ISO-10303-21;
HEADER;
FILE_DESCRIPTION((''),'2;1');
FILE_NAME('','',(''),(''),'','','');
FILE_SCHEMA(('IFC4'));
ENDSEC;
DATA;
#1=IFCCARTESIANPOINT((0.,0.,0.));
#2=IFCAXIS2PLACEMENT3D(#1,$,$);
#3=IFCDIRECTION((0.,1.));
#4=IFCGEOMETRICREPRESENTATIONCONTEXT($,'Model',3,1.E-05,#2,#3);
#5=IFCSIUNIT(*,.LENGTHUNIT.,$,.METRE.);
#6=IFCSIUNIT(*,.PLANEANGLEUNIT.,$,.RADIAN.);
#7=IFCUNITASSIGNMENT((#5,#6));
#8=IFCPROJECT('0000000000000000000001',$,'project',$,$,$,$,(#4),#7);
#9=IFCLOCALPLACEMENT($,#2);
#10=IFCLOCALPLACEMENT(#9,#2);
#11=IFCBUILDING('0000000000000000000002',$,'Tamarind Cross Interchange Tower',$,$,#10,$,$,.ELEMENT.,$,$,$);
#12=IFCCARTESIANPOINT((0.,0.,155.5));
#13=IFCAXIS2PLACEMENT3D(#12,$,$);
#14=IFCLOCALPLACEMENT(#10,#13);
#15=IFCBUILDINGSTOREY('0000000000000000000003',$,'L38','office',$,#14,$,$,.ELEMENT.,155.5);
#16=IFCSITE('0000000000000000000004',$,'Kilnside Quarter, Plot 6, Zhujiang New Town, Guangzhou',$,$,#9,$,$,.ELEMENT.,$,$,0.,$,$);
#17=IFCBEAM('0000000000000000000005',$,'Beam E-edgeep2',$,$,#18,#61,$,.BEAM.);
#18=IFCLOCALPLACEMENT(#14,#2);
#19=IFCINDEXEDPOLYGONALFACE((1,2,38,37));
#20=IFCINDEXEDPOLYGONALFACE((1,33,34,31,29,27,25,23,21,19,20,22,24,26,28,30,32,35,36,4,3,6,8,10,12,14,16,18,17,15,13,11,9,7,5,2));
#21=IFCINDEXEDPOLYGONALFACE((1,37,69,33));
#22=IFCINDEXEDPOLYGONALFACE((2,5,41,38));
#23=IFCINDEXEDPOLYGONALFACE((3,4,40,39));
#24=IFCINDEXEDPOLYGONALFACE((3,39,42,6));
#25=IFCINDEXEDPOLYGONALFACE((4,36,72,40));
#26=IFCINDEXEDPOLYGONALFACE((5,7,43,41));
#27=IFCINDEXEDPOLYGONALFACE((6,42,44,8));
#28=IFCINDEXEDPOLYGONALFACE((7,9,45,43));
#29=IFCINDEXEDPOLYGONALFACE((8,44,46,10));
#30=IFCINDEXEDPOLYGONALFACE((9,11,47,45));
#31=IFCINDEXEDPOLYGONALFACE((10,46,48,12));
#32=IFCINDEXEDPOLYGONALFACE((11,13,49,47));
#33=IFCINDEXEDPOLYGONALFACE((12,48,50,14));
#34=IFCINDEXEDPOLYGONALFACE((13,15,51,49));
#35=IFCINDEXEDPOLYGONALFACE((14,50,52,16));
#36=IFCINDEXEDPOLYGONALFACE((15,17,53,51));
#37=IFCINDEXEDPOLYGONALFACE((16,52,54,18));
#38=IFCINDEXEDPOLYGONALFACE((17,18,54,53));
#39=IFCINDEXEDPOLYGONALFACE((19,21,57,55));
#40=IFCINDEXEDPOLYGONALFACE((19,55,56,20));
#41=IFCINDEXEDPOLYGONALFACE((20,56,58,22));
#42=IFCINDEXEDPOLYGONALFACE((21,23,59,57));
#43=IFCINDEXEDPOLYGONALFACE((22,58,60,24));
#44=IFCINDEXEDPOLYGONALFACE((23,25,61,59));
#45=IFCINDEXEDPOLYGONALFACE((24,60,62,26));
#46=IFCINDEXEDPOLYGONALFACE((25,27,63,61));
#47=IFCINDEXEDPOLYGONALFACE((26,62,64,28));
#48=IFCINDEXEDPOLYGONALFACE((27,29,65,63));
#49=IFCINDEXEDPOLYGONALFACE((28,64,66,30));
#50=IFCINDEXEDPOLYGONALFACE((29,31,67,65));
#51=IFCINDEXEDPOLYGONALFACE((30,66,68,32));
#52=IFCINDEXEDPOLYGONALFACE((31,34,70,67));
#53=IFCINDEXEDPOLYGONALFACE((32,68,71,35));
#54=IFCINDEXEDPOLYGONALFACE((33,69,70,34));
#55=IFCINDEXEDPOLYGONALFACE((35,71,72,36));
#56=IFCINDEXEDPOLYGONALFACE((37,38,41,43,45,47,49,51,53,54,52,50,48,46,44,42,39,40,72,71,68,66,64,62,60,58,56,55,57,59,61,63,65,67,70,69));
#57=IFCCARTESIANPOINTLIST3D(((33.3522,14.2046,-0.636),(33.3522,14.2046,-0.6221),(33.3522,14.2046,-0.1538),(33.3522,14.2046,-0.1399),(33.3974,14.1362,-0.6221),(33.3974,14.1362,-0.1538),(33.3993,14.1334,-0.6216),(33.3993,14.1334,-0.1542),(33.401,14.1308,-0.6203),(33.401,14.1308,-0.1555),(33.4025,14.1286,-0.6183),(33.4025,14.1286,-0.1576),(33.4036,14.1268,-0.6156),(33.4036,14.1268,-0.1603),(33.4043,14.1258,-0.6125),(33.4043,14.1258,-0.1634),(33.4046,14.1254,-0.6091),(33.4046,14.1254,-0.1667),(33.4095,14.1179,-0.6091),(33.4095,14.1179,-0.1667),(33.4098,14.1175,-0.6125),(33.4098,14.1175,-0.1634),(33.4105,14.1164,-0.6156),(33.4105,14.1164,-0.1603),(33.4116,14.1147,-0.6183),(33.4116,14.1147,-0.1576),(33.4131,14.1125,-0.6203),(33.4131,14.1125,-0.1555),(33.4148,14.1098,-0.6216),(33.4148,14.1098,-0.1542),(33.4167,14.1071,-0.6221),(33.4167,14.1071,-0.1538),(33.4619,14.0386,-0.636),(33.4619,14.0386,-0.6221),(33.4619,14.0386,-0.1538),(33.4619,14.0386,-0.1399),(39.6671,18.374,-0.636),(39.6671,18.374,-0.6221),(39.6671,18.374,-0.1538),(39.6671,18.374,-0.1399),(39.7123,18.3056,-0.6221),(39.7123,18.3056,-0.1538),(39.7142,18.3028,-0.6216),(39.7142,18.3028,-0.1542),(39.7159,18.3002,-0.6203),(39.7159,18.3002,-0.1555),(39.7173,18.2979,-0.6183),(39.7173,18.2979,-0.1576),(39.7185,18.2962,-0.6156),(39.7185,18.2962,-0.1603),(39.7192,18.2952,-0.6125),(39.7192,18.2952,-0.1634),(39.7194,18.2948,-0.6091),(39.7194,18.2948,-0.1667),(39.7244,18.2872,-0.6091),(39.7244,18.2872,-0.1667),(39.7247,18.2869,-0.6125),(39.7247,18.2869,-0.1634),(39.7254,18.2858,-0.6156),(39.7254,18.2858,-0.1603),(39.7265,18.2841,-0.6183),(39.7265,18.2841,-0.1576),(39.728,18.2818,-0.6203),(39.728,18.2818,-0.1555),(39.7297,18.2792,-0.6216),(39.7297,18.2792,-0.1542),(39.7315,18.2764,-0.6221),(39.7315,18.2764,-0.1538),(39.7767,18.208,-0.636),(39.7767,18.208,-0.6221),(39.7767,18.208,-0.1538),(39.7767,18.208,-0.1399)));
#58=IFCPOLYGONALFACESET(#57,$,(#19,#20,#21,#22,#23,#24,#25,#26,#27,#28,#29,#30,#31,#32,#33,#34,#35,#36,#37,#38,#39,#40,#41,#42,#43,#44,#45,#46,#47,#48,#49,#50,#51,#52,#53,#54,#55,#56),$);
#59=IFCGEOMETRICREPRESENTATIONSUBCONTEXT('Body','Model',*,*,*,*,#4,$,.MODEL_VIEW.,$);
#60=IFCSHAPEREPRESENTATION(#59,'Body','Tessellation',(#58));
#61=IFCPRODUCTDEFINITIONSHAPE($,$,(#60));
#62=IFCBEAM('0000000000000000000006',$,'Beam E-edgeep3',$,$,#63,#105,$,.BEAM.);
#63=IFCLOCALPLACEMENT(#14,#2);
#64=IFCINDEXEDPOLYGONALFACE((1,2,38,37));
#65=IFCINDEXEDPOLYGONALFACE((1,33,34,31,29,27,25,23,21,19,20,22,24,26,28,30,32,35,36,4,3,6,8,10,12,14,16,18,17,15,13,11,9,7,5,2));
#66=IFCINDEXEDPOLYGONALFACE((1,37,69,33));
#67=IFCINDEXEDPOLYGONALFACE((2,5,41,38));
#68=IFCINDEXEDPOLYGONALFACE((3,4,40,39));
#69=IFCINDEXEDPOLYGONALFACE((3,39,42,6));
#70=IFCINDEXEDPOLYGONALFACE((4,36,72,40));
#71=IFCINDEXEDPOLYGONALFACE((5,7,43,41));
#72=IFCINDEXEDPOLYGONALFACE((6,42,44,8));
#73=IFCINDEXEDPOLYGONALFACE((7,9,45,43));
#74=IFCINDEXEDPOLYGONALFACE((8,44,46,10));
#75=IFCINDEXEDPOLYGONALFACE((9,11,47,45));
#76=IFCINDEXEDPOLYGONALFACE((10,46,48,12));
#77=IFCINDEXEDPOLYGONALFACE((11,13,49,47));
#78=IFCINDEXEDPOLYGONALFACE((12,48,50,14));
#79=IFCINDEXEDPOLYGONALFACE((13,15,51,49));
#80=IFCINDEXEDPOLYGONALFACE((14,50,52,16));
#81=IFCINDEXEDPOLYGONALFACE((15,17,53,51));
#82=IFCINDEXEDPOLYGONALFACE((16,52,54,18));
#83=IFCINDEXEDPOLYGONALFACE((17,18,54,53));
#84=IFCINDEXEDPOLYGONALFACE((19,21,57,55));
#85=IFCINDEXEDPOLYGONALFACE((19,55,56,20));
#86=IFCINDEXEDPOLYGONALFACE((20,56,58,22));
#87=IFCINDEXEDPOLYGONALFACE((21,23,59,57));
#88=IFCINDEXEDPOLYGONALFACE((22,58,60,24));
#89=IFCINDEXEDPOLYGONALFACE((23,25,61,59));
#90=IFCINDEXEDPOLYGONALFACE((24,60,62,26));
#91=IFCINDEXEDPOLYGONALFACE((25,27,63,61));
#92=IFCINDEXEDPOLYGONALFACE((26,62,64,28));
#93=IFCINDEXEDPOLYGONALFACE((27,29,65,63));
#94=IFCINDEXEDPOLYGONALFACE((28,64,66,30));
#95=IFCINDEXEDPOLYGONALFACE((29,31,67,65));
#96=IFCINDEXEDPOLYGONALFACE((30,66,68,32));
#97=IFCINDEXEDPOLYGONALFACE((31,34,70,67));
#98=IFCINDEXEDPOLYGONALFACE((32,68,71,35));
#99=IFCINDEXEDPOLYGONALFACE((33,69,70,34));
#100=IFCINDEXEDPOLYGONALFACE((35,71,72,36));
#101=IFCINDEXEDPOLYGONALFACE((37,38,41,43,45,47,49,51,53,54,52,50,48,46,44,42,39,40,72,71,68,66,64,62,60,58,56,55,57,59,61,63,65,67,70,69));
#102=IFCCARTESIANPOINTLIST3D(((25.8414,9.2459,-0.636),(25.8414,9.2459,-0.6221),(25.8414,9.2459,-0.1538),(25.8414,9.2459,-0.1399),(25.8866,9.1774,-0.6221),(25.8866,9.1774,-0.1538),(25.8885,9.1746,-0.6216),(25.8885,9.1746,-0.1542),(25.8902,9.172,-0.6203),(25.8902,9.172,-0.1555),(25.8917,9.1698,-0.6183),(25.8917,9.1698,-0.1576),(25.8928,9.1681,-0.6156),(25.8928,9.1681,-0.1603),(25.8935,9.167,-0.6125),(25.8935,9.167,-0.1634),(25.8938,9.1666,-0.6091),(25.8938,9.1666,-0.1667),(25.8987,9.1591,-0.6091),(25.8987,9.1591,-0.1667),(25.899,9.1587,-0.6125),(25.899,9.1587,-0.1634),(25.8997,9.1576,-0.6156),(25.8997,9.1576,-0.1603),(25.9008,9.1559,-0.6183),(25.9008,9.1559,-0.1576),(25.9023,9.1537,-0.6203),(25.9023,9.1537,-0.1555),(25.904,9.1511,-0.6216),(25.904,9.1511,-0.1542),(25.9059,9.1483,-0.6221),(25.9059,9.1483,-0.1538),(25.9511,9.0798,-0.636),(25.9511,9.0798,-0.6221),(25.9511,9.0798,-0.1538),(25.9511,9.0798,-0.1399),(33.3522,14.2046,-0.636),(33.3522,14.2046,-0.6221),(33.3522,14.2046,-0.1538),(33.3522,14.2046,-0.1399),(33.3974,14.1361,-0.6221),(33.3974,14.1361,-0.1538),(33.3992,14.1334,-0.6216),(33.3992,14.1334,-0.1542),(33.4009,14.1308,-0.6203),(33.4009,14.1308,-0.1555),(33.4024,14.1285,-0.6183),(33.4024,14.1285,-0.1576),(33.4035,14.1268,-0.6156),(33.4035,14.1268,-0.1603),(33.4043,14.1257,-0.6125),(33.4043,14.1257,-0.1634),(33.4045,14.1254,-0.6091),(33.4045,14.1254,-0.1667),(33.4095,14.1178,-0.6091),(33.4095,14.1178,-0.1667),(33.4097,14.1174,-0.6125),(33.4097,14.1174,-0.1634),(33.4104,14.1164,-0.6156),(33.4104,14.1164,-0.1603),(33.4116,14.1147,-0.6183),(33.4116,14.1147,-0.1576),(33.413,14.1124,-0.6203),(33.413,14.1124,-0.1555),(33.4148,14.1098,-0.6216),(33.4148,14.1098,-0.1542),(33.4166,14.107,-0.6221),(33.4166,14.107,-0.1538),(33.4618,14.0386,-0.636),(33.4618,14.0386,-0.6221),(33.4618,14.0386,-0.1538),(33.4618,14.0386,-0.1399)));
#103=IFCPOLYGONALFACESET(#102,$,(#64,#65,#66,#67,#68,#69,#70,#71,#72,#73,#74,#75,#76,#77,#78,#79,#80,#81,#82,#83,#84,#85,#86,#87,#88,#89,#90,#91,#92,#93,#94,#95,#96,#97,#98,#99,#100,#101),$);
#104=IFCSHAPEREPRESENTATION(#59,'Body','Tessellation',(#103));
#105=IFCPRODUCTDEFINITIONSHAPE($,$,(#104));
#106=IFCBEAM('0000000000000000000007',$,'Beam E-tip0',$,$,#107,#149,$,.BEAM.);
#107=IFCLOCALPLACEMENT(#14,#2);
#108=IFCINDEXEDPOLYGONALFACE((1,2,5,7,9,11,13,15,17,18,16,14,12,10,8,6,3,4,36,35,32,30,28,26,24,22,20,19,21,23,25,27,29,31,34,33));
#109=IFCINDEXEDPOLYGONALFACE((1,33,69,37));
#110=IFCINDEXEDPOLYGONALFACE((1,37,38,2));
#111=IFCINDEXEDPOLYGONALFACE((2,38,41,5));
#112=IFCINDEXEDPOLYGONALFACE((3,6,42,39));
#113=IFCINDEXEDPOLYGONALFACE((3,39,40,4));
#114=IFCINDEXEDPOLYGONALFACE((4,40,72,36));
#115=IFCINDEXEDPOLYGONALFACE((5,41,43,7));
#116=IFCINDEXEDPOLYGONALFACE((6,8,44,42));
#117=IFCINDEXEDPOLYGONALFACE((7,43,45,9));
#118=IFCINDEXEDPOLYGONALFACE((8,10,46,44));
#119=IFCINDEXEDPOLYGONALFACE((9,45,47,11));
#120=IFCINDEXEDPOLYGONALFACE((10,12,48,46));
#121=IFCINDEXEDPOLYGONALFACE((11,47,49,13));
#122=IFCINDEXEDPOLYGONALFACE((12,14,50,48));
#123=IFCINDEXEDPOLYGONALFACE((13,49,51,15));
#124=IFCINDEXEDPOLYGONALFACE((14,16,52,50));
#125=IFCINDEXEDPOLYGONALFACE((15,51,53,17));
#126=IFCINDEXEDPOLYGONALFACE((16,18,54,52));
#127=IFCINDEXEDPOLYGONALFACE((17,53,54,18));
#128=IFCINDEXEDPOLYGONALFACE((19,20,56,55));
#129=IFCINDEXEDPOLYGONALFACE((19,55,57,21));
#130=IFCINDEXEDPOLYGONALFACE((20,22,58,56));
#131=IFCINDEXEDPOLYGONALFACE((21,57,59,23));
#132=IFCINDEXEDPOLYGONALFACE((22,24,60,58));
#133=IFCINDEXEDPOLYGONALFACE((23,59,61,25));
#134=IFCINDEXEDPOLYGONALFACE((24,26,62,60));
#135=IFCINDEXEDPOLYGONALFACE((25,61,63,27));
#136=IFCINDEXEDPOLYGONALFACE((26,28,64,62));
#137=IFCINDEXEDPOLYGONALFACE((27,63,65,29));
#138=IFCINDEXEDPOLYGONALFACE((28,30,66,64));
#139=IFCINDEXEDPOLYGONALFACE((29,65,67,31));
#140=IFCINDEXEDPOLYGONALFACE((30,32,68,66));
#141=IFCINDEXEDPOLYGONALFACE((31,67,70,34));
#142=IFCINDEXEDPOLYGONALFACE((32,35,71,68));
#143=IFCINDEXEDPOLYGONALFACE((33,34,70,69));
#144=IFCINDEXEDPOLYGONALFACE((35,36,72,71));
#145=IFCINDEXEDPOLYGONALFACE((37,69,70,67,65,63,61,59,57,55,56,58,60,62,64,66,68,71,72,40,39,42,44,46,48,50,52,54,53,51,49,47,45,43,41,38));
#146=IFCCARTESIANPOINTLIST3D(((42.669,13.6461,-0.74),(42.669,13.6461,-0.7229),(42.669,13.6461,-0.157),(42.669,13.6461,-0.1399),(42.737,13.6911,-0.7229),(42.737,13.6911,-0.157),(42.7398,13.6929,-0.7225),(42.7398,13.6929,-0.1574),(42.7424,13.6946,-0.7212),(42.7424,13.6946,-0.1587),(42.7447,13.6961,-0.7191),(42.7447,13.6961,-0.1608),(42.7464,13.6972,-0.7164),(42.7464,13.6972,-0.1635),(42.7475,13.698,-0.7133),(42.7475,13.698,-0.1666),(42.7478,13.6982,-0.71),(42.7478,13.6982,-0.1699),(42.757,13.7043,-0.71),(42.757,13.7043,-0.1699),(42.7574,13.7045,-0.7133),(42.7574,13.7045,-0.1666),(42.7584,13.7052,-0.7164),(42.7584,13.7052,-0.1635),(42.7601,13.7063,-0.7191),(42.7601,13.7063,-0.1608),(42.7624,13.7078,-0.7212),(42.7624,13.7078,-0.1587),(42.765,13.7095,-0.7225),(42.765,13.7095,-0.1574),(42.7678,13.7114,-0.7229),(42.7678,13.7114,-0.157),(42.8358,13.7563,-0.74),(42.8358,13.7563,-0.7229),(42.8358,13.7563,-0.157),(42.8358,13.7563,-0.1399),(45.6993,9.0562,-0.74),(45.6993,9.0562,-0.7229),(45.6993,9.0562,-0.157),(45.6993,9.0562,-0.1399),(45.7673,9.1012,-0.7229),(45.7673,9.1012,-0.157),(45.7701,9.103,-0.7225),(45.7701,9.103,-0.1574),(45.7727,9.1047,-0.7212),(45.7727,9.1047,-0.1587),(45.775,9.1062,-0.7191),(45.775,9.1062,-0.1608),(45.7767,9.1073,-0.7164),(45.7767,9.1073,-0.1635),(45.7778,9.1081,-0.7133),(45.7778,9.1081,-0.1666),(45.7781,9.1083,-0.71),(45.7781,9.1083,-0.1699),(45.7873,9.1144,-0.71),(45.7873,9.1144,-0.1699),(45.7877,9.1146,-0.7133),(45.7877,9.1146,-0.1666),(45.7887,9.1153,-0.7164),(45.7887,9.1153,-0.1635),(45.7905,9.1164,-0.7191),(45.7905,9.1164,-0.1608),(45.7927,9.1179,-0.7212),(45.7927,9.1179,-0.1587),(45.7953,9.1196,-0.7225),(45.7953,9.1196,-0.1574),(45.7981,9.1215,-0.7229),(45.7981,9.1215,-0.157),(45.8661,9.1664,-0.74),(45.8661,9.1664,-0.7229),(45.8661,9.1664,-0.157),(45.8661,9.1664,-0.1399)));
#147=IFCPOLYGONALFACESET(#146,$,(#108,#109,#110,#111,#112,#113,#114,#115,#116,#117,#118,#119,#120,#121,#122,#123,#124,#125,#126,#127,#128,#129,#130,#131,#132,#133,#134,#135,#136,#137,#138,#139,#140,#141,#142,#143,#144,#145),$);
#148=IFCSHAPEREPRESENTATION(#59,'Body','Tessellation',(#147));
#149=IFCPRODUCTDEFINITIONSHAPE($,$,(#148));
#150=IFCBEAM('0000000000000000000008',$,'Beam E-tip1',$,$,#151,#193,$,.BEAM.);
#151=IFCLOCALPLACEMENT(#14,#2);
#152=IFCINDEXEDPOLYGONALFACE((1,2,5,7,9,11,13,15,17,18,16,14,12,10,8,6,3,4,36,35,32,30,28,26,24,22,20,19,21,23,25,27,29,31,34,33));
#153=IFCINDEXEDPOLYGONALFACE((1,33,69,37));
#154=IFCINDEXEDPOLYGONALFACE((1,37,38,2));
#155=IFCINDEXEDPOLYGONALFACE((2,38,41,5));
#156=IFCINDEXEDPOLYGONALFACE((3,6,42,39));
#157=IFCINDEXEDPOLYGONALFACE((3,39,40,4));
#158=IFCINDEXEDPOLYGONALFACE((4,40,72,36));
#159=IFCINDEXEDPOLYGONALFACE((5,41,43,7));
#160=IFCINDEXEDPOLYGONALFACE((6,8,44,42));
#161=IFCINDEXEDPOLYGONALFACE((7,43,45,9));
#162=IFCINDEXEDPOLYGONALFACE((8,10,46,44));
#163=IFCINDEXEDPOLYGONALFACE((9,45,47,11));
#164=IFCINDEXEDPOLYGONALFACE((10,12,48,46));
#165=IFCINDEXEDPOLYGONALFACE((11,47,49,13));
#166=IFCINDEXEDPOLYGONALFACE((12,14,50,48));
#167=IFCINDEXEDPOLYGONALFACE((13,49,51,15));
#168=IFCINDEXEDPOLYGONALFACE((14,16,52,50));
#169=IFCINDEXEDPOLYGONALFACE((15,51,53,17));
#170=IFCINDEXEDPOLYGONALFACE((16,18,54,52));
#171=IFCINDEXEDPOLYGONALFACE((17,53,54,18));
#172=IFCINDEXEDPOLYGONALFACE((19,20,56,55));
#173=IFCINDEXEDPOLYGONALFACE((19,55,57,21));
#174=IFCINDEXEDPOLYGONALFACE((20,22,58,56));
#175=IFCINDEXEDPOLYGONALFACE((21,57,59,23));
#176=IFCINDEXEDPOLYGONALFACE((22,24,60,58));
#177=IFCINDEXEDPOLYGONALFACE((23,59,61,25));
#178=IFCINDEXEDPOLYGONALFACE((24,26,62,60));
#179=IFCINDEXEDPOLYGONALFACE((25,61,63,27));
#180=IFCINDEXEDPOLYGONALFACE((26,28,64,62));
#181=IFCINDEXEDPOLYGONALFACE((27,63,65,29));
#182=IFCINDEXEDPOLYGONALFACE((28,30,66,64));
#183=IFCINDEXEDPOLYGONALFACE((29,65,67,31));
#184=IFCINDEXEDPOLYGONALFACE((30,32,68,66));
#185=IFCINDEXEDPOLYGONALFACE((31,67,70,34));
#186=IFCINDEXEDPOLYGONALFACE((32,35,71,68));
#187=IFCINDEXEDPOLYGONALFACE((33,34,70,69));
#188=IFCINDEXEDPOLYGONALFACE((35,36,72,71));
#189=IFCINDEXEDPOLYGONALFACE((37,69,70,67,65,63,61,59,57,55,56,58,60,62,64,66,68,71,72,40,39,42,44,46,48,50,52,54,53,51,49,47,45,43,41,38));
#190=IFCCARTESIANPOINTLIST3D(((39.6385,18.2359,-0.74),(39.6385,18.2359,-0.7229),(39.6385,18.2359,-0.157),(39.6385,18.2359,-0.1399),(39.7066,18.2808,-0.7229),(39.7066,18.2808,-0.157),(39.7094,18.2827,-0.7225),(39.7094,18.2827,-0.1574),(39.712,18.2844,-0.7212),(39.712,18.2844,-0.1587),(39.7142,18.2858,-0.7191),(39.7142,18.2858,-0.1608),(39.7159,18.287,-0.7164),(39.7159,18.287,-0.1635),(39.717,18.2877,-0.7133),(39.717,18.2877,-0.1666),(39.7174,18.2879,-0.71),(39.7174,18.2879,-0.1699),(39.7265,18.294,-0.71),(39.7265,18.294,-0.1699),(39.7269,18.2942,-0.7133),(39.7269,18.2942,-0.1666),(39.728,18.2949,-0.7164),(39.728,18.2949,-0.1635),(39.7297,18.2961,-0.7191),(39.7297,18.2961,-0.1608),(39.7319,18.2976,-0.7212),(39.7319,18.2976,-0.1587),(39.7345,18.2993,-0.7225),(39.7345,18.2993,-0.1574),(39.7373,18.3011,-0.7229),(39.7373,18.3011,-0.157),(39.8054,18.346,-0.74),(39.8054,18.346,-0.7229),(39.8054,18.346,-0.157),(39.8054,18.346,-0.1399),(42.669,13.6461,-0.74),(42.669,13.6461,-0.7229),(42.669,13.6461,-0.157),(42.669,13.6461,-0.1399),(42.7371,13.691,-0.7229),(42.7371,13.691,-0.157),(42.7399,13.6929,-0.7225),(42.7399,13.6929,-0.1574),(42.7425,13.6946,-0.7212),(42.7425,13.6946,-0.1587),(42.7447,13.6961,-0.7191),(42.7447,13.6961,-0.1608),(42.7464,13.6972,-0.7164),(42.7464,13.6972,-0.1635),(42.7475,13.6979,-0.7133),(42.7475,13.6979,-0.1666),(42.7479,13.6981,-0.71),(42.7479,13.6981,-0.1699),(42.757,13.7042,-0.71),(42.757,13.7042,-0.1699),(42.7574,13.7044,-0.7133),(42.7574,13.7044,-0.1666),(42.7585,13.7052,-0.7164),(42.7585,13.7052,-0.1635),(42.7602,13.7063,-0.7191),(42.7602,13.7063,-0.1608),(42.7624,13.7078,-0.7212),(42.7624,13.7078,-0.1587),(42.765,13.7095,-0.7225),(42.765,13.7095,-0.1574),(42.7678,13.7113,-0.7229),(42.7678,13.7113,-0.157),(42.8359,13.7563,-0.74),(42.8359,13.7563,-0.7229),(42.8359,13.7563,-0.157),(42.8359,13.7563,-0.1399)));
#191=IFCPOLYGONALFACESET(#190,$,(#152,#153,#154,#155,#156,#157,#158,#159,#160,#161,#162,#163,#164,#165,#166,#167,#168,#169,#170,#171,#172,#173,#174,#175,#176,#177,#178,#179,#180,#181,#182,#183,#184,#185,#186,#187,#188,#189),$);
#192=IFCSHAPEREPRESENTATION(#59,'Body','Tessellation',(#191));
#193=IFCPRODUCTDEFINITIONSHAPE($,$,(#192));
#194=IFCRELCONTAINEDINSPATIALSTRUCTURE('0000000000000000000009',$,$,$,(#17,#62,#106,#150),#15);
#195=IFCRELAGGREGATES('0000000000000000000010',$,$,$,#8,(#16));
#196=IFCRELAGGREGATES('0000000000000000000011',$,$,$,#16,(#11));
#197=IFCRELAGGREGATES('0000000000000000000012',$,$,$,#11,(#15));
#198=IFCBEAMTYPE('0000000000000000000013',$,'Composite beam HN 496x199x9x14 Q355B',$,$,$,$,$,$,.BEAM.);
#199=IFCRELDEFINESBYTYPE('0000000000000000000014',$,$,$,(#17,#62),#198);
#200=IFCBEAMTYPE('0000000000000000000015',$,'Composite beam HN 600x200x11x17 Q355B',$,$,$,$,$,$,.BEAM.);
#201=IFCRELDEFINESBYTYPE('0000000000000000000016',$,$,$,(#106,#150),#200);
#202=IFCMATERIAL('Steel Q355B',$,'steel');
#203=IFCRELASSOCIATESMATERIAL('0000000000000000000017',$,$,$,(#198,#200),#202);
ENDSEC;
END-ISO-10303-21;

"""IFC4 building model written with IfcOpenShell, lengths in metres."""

from ifc_helpers import new_model, si_unit, direction, frame, origin, origin_2d, place, context, subcontext, project, spatial, i_section, extrude, material, material_profile, profile_set, type_object, element, save


model = new_model("IFC4")

# Units and contexts
model_context = context("Model", 3, precision=1e-05, world=origin(), true_north=direction((0.0, 1.0)))
body_context = subcontext(model_context, "Body", "Model", "MODEL_VIEW")
ifc_project = project(units=[si_unit("LENGTHUNIT", "METRE"), si_unit("PLANEANGLEUNIT", "RADIAN")], contexts=[model_context])

# Site, building, storey
site_placement = place(None, origin())
site = spatial("IfcSite", under=ifc_project, at=site_placement, Name="Kilnside Quarter, Plot 6, Zhujiang New Town, Guangzhou", CompositionType="ELEMENT", RefElevation=0.0)
building_placement = place(site_placement, origin())
building = spatial("IfcBuilding", under=site, at=building_placement, Name="Tamarind Cross Interchange Tower", CompositionType="ELEMENT")
storey_placement = place(building_placement, frame((0.0, 0.0, 155.5)))
storey = spatial("IfcBuildingStorey", under=building, at=storey_placement, Name="L38", Description="office", CompositionType="ELEMENT", Elevation=155.5)

# Beams
ifc_material_1 = material(Name="Steel Q355B", Category="steel")
ifc_material_profile_1 = material_profile(ifc_material_1, i_section(OverallWidth=0.199, OverallDepth=0.4961, WebThickness=0.009, FlangeThickness=0.0139, FilletRadius=0.0129, at=origin_2d()), Name="HN 496x199x9x14")
ifc_profile_set_1 = profile_set([ifc_material_profile_1], Name="Steel Q355B")
beam_type_1 = type_object("IfcBeamType", Name="Composite beam HN 496x199x9x14 Q355B", PredefinedType="BEAM", material=ifc_profile_set_1)
beam_1_placement = place(storey_placement, frame((39.7219, 18.291, -0.3879), z_axis=(-0.834514, -0.550987, 0.0), x_axis=(0.550987, -0.834514, 0.0)))
element("IfcBeam", 1, at=beam_1_placement, inside=storey, type_object=beam_type_1, Name="Beam E-edgeep2", PredefinedType="BEAM", context=body_context, shape_type="SweptSolid", body=[
    extrude(i_section(OverallWidth=0.199, OverallDepth=0.4961, WebThickness=0.009, FlangeThickness=0.0139, FilletRadius=0.0129, at=origin_2d()), origin(), (0.0, 0.0, 1.0), 7.5671),
])
beam_2_placement = place(storey_placement, frame((33.407, 14.1216, -0.3879), z_axis=(-0.834525, -0.55097, 0.0), x_axis=(0.55097, -0.834525, 0.0)))
element("IfcBeam", 2, at=beam_2_placement, inside=storey, type_object=beam_type_1, Name="Beam E-edgeep3", PredefinedType="BEAM", context=body_context, shape_type="SweptSolid", body=[
    extrude(i_section(OverallWidth=0.199, OverallDepth=0.4961, WebThickness=0.009, FlangeThickness=0.0139, FilletRadius=0.0129, at=origin_2d()), origin(), (0.0, 0.0, 1.0), 9.0),
])
ifc_material_profile_2 = material_profile(ifc_material_1, i_section(OverallWidth=0.2, OverallDepth=0.6001, WebThickness=0.011, FlangeThickness=0.0171, FilletRadius=0.0129, at=origin_2d()), Name="HN 600x200x11x17")
ifc_profile_set_2 = profile_set([ifc_material_profile_2], Name="Steel Q355B")
beam_type_2 = type_object("IfcBeamType", Name="Composite beam HN 600x200x11x17 Q355B", PredefinedType="BEAM", material=ifc_profile_set_2)
for number, where, z_axis, x_axis, name in (
    (3, (45.7827, 9.1113, -0.4399), (-0.550966, 0.834528, 0.0), (-0.834528, -0.550966, 0.0), "Beam E-tip0"),
    (4, (42.7524, 13.7012, -0.4399), (-0.550997, 0.834507, 0.0), (-0.834507, -0.550997, 0.0), "Beam E-tip1"),
):
    element("IfcBeam", number, at=place(storey_placement, frame(where, z_axis=z_axis, x_axis=x_axis)), inside=storey, type_object=beam_type_2, Name=name, PredefinedType="BEAM", context=body_context, shape_type="SweptSolid", body=[
        extrude(i_section(OverallWidth=0.2, OverallDepth=0.6001, WebThickness=0.011, FlangeThickness=0.0171, FilletRadius=0.0129, at=origin_2d()), origin(), (0.0, 0.0, 1.0), 5.5),
    ])

save(model, "model.ifc")
